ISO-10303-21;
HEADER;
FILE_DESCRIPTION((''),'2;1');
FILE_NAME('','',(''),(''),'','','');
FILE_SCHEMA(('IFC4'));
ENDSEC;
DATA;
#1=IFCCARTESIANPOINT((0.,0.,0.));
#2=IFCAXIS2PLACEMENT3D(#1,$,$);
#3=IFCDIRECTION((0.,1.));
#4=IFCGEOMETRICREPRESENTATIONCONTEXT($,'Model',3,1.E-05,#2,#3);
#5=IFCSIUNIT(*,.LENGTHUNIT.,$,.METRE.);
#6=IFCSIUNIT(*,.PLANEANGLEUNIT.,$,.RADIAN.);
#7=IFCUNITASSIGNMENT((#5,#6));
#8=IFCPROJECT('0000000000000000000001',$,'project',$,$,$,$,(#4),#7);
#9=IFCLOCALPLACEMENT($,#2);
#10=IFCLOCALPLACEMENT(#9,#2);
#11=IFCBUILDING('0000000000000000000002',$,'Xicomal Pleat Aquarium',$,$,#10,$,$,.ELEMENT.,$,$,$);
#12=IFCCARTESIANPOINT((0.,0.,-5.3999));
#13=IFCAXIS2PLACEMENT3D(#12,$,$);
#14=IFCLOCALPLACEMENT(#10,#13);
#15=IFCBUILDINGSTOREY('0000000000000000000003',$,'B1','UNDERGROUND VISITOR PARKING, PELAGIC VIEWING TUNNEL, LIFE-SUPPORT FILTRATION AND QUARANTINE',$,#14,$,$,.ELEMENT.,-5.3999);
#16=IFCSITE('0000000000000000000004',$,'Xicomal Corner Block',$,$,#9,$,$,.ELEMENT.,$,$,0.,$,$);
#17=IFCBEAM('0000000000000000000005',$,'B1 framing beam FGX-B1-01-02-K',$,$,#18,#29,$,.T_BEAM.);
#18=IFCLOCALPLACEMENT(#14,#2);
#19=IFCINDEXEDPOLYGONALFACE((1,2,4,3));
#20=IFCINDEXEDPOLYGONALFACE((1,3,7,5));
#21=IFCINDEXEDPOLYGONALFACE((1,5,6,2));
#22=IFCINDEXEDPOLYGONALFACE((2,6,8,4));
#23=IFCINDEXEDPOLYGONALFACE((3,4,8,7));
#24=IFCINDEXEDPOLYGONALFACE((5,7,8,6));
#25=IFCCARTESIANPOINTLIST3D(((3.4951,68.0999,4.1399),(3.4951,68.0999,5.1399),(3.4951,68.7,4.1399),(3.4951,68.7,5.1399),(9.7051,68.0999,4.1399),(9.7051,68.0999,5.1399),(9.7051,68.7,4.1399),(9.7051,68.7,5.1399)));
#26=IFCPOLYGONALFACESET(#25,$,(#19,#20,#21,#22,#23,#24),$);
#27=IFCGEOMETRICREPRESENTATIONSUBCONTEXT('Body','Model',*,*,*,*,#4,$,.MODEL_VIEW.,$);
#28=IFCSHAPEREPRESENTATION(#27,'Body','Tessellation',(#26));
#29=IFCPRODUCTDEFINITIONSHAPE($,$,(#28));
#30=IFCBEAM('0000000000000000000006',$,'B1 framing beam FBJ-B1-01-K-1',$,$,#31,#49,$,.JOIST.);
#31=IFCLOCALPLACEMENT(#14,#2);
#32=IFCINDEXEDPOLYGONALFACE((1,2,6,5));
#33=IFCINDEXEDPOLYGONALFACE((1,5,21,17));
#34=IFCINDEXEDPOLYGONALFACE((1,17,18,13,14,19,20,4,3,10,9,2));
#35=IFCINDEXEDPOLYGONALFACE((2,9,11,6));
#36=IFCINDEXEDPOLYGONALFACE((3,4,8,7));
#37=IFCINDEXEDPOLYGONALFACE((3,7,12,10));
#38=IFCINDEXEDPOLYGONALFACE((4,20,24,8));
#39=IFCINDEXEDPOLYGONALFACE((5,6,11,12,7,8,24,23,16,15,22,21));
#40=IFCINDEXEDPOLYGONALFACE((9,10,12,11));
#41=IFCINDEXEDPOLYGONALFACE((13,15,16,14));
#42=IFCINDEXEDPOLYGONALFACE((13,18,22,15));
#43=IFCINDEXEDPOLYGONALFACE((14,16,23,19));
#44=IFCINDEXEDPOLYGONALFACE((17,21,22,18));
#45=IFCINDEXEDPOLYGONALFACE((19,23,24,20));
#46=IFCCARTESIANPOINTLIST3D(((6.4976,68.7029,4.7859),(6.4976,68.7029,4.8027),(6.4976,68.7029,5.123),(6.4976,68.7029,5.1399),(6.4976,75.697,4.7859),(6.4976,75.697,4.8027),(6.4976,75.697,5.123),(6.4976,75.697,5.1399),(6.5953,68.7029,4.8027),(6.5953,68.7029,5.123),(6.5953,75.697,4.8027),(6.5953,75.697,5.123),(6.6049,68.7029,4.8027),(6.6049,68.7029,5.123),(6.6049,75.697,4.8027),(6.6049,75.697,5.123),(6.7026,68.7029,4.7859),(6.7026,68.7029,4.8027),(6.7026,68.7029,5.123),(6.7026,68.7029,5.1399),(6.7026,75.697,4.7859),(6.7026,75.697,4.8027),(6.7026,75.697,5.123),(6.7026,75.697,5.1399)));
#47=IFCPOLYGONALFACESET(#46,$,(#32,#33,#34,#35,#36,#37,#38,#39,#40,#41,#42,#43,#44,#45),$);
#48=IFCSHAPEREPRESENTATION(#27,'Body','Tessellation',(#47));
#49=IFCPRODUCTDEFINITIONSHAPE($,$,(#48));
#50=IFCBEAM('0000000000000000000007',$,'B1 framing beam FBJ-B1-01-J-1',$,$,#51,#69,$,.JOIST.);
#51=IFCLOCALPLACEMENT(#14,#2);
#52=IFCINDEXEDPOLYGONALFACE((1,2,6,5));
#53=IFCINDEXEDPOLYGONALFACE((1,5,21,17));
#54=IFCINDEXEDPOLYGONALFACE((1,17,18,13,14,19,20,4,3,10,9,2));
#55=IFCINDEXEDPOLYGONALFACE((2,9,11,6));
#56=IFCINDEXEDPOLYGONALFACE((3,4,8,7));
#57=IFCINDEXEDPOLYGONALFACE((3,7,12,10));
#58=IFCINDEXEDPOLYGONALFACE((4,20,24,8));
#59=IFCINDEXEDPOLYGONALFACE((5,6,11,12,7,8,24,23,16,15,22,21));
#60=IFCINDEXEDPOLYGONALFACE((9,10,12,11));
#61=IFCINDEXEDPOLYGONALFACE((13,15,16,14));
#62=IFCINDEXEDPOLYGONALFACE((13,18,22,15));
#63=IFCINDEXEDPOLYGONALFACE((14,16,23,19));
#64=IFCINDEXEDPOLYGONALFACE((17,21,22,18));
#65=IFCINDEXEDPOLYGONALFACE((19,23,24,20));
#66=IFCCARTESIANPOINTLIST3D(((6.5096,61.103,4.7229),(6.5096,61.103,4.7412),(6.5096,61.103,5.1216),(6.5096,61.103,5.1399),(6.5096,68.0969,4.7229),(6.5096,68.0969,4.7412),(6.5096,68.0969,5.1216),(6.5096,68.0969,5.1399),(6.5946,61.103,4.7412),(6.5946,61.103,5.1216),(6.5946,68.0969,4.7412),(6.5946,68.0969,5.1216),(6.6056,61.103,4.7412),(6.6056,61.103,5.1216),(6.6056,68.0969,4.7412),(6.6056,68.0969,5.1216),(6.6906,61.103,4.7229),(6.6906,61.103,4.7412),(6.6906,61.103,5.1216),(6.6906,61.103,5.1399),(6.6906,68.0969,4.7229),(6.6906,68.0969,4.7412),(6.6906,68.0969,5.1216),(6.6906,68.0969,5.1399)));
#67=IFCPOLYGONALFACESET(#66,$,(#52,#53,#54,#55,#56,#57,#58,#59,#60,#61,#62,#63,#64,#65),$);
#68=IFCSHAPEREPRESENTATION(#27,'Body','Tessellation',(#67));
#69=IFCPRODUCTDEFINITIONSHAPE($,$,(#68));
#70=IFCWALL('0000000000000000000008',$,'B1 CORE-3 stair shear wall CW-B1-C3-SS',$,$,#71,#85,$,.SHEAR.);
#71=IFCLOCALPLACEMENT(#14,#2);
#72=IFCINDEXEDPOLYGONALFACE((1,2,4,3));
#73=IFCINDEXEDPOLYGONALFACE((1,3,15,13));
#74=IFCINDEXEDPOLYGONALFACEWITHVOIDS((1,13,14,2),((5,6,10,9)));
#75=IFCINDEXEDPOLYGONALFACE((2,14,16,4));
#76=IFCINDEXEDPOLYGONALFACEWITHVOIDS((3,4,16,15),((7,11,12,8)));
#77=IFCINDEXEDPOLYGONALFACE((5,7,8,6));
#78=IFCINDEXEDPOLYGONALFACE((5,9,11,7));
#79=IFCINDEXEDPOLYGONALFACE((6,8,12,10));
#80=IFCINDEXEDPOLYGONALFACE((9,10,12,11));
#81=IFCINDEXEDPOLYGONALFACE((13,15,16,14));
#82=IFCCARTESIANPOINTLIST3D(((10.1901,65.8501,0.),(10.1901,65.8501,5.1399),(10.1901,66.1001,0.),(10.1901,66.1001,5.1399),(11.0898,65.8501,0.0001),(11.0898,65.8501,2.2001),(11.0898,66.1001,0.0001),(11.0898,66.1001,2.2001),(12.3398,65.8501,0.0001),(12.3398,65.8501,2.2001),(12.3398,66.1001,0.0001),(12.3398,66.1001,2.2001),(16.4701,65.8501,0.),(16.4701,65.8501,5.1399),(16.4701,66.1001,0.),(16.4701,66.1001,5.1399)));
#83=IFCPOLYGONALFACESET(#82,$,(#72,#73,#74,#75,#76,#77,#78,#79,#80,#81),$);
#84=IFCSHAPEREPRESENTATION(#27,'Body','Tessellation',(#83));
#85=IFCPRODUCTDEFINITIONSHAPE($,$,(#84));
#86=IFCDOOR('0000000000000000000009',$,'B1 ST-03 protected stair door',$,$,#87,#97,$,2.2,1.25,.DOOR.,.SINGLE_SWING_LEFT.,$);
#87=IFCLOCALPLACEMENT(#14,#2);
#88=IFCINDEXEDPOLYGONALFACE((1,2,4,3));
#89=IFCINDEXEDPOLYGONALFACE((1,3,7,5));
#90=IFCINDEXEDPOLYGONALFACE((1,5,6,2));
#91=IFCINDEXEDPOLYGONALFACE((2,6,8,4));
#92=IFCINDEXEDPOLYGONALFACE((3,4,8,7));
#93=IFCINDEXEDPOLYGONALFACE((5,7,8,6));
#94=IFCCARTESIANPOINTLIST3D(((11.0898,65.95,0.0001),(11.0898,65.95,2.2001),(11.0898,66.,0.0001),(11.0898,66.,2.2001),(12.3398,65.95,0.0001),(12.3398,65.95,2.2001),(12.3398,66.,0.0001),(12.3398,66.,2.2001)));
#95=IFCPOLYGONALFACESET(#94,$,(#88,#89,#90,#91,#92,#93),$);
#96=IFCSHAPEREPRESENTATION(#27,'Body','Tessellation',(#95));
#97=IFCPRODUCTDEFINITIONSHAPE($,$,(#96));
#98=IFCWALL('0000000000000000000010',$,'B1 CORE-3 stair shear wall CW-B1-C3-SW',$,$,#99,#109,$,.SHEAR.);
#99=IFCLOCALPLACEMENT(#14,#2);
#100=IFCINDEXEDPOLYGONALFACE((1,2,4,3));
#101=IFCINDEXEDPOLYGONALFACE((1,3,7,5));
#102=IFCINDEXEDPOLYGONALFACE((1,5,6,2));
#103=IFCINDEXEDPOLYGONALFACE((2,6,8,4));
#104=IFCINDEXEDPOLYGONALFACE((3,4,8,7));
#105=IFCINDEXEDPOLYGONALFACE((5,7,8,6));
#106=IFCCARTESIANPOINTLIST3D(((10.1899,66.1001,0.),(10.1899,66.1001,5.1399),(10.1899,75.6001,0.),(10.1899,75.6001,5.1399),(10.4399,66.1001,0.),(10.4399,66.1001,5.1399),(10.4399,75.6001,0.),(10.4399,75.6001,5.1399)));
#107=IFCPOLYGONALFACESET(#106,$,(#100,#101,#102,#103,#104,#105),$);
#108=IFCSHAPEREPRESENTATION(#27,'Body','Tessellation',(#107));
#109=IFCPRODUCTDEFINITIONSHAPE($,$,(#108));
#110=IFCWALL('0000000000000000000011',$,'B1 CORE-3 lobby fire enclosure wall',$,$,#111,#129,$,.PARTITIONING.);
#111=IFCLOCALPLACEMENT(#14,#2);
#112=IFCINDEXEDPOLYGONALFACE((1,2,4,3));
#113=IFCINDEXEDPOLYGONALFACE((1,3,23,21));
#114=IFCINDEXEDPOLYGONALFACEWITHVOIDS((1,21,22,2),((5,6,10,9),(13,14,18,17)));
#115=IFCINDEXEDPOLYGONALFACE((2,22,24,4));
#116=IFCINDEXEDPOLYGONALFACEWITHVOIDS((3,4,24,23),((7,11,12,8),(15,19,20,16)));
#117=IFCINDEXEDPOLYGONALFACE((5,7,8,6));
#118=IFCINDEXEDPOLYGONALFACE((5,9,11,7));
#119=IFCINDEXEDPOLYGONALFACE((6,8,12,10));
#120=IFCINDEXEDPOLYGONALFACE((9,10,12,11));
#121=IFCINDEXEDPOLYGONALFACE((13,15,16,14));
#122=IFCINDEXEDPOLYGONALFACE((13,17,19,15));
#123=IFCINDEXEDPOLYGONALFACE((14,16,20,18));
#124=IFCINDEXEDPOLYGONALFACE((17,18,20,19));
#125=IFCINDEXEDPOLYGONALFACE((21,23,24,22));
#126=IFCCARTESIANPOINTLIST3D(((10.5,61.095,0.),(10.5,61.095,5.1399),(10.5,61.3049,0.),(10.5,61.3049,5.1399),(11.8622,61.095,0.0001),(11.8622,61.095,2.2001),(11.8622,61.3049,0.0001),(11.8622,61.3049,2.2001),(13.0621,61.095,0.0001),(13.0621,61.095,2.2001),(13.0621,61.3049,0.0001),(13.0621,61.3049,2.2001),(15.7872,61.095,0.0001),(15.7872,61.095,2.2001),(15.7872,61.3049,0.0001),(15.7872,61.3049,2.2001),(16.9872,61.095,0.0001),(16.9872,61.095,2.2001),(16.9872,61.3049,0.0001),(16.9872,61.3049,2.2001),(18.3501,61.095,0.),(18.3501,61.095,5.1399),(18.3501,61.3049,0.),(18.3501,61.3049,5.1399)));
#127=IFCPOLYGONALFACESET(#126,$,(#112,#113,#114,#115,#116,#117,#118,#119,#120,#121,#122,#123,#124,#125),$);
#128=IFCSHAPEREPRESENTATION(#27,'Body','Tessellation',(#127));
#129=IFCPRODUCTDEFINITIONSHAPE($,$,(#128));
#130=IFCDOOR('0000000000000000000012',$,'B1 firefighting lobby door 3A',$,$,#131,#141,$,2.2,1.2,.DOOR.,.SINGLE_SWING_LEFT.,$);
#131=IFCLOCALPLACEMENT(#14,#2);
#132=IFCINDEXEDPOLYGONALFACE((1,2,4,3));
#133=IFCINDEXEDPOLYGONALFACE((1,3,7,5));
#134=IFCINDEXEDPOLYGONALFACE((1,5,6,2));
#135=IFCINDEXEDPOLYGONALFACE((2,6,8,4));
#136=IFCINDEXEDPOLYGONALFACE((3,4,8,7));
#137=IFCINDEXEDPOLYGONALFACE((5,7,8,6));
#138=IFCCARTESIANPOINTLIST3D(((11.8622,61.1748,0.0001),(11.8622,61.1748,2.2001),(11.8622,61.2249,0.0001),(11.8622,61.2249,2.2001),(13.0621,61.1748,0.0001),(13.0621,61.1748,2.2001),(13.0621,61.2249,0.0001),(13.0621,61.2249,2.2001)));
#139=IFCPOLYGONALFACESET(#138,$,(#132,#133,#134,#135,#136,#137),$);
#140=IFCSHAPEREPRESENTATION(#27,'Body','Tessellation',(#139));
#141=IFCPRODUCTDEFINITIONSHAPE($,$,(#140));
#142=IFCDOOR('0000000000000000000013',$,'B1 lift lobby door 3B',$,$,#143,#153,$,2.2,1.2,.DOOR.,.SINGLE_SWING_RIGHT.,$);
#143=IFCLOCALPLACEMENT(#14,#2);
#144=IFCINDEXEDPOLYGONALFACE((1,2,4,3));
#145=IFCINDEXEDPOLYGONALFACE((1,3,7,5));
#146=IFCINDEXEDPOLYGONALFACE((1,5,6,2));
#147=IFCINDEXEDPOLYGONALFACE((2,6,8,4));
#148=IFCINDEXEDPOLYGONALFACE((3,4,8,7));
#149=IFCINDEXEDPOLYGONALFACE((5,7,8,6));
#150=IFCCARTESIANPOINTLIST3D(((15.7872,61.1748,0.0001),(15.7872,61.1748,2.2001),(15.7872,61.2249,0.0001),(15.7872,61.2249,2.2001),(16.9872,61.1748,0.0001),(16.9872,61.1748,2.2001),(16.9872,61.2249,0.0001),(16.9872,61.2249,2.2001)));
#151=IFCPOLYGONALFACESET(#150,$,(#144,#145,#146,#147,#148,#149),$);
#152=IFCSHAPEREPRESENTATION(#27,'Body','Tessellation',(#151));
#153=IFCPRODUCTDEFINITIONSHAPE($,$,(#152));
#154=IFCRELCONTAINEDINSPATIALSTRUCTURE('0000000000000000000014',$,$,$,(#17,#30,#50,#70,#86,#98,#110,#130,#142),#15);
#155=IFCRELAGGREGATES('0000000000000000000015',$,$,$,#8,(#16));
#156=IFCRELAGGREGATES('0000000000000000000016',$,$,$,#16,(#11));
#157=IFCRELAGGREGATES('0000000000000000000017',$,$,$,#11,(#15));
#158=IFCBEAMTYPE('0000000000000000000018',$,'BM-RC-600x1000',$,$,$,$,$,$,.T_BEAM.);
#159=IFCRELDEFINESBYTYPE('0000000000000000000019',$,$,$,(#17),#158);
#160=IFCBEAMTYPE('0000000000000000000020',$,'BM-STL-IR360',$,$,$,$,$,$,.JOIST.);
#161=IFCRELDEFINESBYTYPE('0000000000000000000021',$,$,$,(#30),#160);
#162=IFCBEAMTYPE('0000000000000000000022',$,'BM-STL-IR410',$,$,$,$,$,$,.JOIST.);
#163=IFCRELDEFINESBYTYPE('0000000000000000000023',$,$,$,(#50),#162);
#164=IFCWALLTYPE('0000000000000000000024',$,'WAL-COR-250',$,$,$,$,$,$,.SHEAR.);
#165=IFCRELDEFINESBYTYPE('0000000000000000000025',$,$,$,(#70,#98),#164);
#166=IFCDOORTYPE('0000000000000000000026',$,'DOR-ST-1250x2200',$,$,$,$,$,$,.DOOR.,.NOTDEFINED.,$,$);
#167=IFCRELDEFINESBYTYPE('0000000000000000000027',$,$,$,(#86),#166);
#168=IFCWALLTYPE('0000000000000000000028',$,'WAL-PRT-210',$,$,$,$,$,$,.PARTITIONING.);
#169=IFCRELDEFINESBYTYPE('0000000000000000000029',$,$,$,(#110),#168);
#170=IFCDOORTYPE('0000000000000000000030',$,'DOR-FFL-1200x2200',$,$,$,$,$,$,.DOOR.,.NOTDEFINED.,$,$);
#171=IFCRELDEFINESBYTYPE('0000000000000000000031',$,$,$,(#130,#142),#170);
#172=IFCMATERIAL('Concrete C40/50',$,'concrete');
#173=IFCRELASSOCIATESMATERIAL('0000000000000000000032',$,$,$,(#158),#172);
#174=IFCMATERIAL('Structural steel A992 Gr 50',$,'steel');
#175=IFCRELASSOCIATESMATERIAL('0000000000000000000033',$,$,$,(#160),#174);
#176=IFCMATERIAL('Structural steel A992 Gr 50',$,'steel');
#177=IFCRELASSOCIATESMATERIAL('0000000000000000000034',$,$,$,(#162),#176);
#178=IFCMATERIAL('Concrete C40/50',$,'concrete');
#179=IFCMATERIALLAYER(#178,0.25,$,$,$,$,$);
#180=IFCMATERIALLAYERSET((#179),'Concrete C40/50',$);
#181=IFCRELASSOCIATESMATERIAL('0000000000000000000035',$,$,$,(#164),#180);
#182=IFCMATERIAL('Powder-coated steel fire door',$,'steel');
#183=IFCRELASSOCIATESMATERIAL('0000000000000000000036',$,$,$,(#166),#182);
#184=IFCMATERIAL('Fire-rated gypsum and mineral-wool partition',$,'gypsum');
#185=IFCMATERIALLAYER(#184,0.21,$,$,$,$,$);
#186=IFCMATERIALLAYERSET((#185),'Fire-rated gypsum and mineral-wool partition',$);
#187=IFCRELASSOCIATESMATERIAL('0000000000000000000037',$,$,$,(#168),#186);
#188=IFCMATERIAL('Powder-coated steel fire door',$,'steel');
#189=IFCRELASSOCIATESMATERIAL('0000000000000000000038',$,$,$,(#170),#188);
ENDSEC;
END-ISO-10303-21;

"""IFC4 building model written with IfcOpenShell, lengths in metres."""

from ifc_helpers import new_model, si_unit, direction, frame, frame_2d, origin, origin_2d, place, context, subcontext, project, spatial, rectangle, i_section, extrude, material, layer, layer_set, material_profile, profile_set, type_object, element, fill, save


model = new_model("IFC4")

# Units and contexts
model_context = context("Model", 3, precision=1e-05, world=origin(), true_north=direction((0.0, 1.0)))
body_context = subcontext(model_context, "Body", "Model", "MODEL_VIEW")
ifc_project = project(units=[si_unit("LENGTHUNIT", "METRE"), si_unit("PLANEANGLEUNIT", "RADIAN")], contexts=[model_context])

# Site, building, storey
site_placement = place(None, origin())
site = spatial("IfcSite", under=ifc_project, at=site_placement, Name="Xicomal Corner Block", CompositionType="ELEMENT", RefElevation=0.0)
building_placement = place(site_placement, origin())
building = spatial("IfcBuilding", under=site, at=building_placement, Name="Xicomal Pleat Aquarium", CompositionType="ELEMENT")
storey_placement = place(building_placement, frame((0.0, 0.0, -5.3999)))
storey = spatial("IfcBuildingStorey", under=building, at=storey_placement, Name="B1", Description="UNDERGROUND VISITOR PARKING, PELAGIC VIEWING TUNNEL, LIFE-SUPPORT FILTRATION AND QUARANTINE", CompositionType="ELEMENT", Elevation=-5.3999)

# Beams
ifc_material_1 = material(Name="Concrete C40/50", Category="concrete")
ifc_material_profile_1 = material_profile(ifc_material_1, rectangle(XDim=0.6001, YDim=1.0, at=origin_2d()), Name="RC 600x1000")
ifc_profile_set_1 = profile_set([ifc_material_profile_1], Name="Concrete C40/50")
beam_type_1 = type_object("IfcBeamType", Name="BM-RC-600x1000", PredefinedType="T_BEAM", material=ifc_profile_set_1)
beam_1_placement = place(storey_placement, frame((3.4951, 68.3999, 4.6399), z_axis=(1.0, 0.0, 0.0), x_axis=(0.0, 1.0, 0.0)))
element("IfcBeam", 1, at=beam_1_placement, inside=storey, type_object=beam_type_1, Name="B1 framing beam FGX-B1-01-02-K", PredefinedType="T_BEAM", context=body_context, shape_type="SweptSolid", body=[
    extrude(rectangle(XDim=0.6001, YDim=1.0, at=origin_2d()), origin(), (0.0, 0.0, 1.0), 6.21),
])
ifc_material_2 = material(Name="Structural steel A992 Gr 50", Category="steel")
ifc_material_profile_2 = material_profile(ifc_material_2, i_section(OverallWidth=0.2051, OverallDepth=0.354, WebThickness=0.0095, FlangeThickness=0.0168, at=origin_2d()), Name="IR 360x79")
ifc_profile_set_2 = profile_set([ifc_material_profile_2], Name="Structural steel A992 Gr 50")
beam_type_2 = type_object("IfcBeamType", Name="BM-STL-IR360", PredefinedType="JOIST", material=ifc_profile_set_2)
beam_2_placement = place(storey_placement, frame((6.6001, 68.7029, 4.9629), z_axis=(0.0, 1.0, 0.0), x_axis=(-1.0, 0.0, 0.0)))
element("IfcBeam", 2, at=beam_2_placement, inside=storey, type_object=beam_type_2, Name="B1 framing beam FBJ-B1-01-K-1", PredefinedType="JOIST", context=body_context, shape_type="SweptSolid", body=[
    extrude(i_section(OverallWidth=0.2051, OverallDepth=0.354, WebThickness=0.0095, FlangeThickness=0.0168, at=origin_2d()), origin(), (0.0, 0.0, 1.0), 6.9941),
])
ifc_material_3 = material(Name="Structural steel A992 Gr 50", Category="steel")
ifc_material_profile_3 = material_profile(ifc_material_3, i_section(OverallWidth=0.1809, OverallDepth=0.417, WebThickness=0.011, FlangeThickness=0.0183, at=origin_2d()), Name="IR 410x85")
ifc_profile_set_3 = profile_set([ifc_material_profile_3], Name="Structural steel A992 Gr 50")
beam_type_3 = type_object("IfcBeamType", Name="BM-STL-IR410", PredefinedType="JOIST", material=ifc_profile_set_3)
beam_3_placement = place(storey_placement, frame((6.6001, 61.103, 4.9314), z_axis=(0.0, 1.0, 0.0), x_axis=(-1.0, 0.0, 0.0)))
element("IfcBeam", 3, at=beam_3_placement, inside=storey, type_object=beam_type_3, Name="B1 framing beam FBJ-B1-01-J-1", PredefinedType="JOIST", context=body_context, shape_type="SweptSolid", body=[
    extrude(i_section(OverallWidth=0.1809, OverallDepth=0.417, WebThickness=0.011, FlangeThickness=0.0183, at=origin_2d()), origin(), (0.0, 0.0, 1.0), 6.9939),
])

# Wall, opening, door
ifc_material_4 = material(Name="Concrete C40/50", Category="concrete")
ifc_layer_1 = layer(ifc_material_4, 0.25)
ifc_layer_set_1 = layer_set([ifc_layer_1], Name="Concrete C40/50")
wall_type_1 = type_object("IfcWallType", Name="WAL-COR-250", PredefinedType="SHEAR", material=ifc_layer_set_1)
wall_1_placement = place(storey_placement, frame((10.1899, 65.9751, 0.0), z_axis=(0.0, 0.0, 1.0), x_axis=(1.0, 0.0, 0.0)))
wall_1 = element("IfcWall", 4, at=wall_1_placement, inside=storey, type_object=wall_type_1, Name="B1 CORE-3 stair shear wall CW-B1-C3-SS", PredefinedType="SHEAR", context=body_context, shape_type="SweptSolid", body=[
    extrude(rectangle(XDim=6.28, YDim=0.25, at=frame_2d((3.1401, 0.0))), origin(), (0.0, 0.0, 1.0), 5.1399),
])
opening_1_placement = place(wall_1_placement, frame((0.8999, 0.0, 0.0)))
opening_1 = element("IfcOpeningElement", 5, at=opening_1_placement, cuts=wall_1, PredefinedType="OPENING", context=body_context, shape_type="SweptSolid", body=[
    extrude(rectangle(XDim=1.25, YDim=2.2, at=frame_2d((0.625, 1.1001))), frame((0.0, 0.135, 0.0), z_axis=(0.0, -1.0, 0.0), x_axis=(1.0, 0.0, 0.0)), (0.0, 0.0, 1.0), 0.27),
])
ifc_material_5 = material(Name="Powder-coated steel fire door", Category="steel")
door_type_1 = type_object("IfcDoorType", Name="DOR-ST-1250x2200", OperationType="NOTDEFINED", PredefinedType="DOOR", material=ifc_material_5)
door_1_placement = place(opening_1_placement, origin())
door_1 = element("IfcDoor", 6, at=door_1_placement, inside=storey, type_object=door_type_1, Name="B1 ST-03 protected stair door", OperationType="SINGLE_SWING_LEFT", OverallHeight=2.2, OverallWidth=1.25, PredefinedType="DOOR", context=body_context, shape_type="SweptSolid", body=[
    extrude(rectangle(XDim=1.25, YDim=2.2, at=frame_2d((0.625, 1.1001))), frame((0.0, 0.0249, 0.0), z_axis=(0.0, -1.0, 0.0), x_axis=(1.0, 0.0, 0.0)), (0.0, 0.0, 1.0), 0.05),
])
fill(opening_1, door_1)

# Wall
wall_2_placement = place(storey_placement, frame((10.3149, 66.1001, 0.0), z_axis=(0.0, 0.0, 1.0), x_axis=(0.0, 1.0, 0.0)))
element("IfcWall", 7, at=wall_2_placement, inside=storey, type_object=wall_type_1, Name="B1 CORE-3 stair shear wall CW-B1-C3-SW", PredefinedType="SHEAR", context=body_context, shape_type="SweptSolid", body=[
    extrude(rectangle(XDim=9.5, YDim=0.25, at=frame_2d((4.75, 0.0))), origin(), (0.0, 0.0, 1.0), 5.1399),
])

# Wall, openings, doors
ifc_material_6 = material(Name="Fire-rated gypsum and mineral-wool partition", Category="gypsum")
ifc_layer_2 = layer(ifc_material_6, 0.21)
ifc_layer_set_2 = layer_set([ifc_layer_2], Name="Fire-rated gypsum and mineral-wool partition")
wall_type_2 = type_object("IfcWallType", Name="WAL-PRT-210", PredefinedType="PARTITIONING", material=ifc_layer_set_2)
wall_3_placement = place(storey_placement, frame((10.5, 61.2, 0.0), z_axis=(0.0, 0.0, 1.0), x_axis=(1.0, 0.0, 0.0)))
wall_3 = element("IfcWall", 8, at=wall_3_placement, inside=storey, type_object=wall_type_2, Name="B1 CORE-3 lobby fire enclosure wall", PredefinedType="PARTITIONING", context=body_context, shape_type="SweptSolid", body=[
    extrude(rectangle(XDim=7.8501, YDim=0.21, at=frame_2d((3.925, 0.0))), origin(), (0.0, 0.0, 1.0), 5.1399),
])
opening_2_placement = place(wall_3_placement, frame((1.3621, 0.0, 0.0)))
opening_2 = element("IfcOpeningElement", 9, at=opening_2_placement, cuts=wall_3, PredefinedType="OPENING", context=body_context, shape_type="SweptSolid", body=[
    extrude(rectangle(XDim=1.2, YDim=2.2, at=frame_2d((0.6001, 1.1001))), frame((0.0, 0.115, 0.0), z_axis=(0.0, -1.0, 0.0), x_axis=(1.0, 0.0, 0.0)), (0.0, 0.0, 1.0), 0.23),
])
opening_3_placement = place(wall_3_placement, frame((5.2871, 0.0, 0.0)))
opening_3 = element("IfcOpeningElement", 10, at=opening_3_placement, cuts=wall_3, PredefinedType="OPENING", context=body_context, shape_type="SweptSolid", body=[
    extrude(rectangle(XDim=1.2, YDim=2.2, at=frame_2d((0.6001, 1.1001))), frame((0.0, 0.115, 0.0), z_axis=(0.0, -1.0, 0.0), x_axis=(1.0, 0.0, 0.0)), (0.0, 0.0, 1.0), 0.23),
])
ifc_material_7 = material(Name="Powder-coated steel fire door", Category="steel")
door_type_2 = type_object("IfcDoorType", Name="DOR-FFL-1200x2200", OperationType="NOTDEFINED", PredefinedType="DOOR", material=ifc_material_7)
door_2_placement = place(opening_2_placement, origin())
door_2 = element("IfcDoor", 11, at=door_2_placement, inside=storey, type_object=door_type_2, Name="B1 firefighting lobby door 3A", OperationType="SINGLE_SWING_LEFT", OverallHeight=2.2, OverallWidth=1.2, PredefinedType="DOOR", context=body_context, shape_type="SweptSolid", body=[
    extrude(rectangle(XDim=1.2, YDim=2.2, at=frame_2d((0.6001, 1.1001))), frame((0.0, 0.0249, 0.0), z_axis=(0.0, -1.0, 0.0), x_axis=(1.0, 0.0, 0.0)), (0.0, 0.0, 1.0), 0.05),
])
fill(opening_2, door_2)
door_3_placement = place(opening_3_placement, origin())
door_3 = element("IfcDoor", 12, at=door_3_placement, inside=storey, type_object=door_type_2, Name="B1 lift lobby door 3B", OperationType="SINGLE_SWING_RIGHT", OverallHeight=2.2, OverallWidth=1.2, PredefinedType="DOOR", context=body_context, shape_type="SweptSolid", body=[
    extrude(rectangle(XDim=1.2, YDim=2.2, at=frame_2d((0.6001, 1.1001))), frame((0.0, 0.0249, 0.0), z_axis=(0.0, -1.0, 0.0), x_axis=(1.0, 0.0, 0.0)), (0.0, 0.0, 1.0), 0.05),
])
fill(opening_3, door_3)

save(model, "model.ifc")
